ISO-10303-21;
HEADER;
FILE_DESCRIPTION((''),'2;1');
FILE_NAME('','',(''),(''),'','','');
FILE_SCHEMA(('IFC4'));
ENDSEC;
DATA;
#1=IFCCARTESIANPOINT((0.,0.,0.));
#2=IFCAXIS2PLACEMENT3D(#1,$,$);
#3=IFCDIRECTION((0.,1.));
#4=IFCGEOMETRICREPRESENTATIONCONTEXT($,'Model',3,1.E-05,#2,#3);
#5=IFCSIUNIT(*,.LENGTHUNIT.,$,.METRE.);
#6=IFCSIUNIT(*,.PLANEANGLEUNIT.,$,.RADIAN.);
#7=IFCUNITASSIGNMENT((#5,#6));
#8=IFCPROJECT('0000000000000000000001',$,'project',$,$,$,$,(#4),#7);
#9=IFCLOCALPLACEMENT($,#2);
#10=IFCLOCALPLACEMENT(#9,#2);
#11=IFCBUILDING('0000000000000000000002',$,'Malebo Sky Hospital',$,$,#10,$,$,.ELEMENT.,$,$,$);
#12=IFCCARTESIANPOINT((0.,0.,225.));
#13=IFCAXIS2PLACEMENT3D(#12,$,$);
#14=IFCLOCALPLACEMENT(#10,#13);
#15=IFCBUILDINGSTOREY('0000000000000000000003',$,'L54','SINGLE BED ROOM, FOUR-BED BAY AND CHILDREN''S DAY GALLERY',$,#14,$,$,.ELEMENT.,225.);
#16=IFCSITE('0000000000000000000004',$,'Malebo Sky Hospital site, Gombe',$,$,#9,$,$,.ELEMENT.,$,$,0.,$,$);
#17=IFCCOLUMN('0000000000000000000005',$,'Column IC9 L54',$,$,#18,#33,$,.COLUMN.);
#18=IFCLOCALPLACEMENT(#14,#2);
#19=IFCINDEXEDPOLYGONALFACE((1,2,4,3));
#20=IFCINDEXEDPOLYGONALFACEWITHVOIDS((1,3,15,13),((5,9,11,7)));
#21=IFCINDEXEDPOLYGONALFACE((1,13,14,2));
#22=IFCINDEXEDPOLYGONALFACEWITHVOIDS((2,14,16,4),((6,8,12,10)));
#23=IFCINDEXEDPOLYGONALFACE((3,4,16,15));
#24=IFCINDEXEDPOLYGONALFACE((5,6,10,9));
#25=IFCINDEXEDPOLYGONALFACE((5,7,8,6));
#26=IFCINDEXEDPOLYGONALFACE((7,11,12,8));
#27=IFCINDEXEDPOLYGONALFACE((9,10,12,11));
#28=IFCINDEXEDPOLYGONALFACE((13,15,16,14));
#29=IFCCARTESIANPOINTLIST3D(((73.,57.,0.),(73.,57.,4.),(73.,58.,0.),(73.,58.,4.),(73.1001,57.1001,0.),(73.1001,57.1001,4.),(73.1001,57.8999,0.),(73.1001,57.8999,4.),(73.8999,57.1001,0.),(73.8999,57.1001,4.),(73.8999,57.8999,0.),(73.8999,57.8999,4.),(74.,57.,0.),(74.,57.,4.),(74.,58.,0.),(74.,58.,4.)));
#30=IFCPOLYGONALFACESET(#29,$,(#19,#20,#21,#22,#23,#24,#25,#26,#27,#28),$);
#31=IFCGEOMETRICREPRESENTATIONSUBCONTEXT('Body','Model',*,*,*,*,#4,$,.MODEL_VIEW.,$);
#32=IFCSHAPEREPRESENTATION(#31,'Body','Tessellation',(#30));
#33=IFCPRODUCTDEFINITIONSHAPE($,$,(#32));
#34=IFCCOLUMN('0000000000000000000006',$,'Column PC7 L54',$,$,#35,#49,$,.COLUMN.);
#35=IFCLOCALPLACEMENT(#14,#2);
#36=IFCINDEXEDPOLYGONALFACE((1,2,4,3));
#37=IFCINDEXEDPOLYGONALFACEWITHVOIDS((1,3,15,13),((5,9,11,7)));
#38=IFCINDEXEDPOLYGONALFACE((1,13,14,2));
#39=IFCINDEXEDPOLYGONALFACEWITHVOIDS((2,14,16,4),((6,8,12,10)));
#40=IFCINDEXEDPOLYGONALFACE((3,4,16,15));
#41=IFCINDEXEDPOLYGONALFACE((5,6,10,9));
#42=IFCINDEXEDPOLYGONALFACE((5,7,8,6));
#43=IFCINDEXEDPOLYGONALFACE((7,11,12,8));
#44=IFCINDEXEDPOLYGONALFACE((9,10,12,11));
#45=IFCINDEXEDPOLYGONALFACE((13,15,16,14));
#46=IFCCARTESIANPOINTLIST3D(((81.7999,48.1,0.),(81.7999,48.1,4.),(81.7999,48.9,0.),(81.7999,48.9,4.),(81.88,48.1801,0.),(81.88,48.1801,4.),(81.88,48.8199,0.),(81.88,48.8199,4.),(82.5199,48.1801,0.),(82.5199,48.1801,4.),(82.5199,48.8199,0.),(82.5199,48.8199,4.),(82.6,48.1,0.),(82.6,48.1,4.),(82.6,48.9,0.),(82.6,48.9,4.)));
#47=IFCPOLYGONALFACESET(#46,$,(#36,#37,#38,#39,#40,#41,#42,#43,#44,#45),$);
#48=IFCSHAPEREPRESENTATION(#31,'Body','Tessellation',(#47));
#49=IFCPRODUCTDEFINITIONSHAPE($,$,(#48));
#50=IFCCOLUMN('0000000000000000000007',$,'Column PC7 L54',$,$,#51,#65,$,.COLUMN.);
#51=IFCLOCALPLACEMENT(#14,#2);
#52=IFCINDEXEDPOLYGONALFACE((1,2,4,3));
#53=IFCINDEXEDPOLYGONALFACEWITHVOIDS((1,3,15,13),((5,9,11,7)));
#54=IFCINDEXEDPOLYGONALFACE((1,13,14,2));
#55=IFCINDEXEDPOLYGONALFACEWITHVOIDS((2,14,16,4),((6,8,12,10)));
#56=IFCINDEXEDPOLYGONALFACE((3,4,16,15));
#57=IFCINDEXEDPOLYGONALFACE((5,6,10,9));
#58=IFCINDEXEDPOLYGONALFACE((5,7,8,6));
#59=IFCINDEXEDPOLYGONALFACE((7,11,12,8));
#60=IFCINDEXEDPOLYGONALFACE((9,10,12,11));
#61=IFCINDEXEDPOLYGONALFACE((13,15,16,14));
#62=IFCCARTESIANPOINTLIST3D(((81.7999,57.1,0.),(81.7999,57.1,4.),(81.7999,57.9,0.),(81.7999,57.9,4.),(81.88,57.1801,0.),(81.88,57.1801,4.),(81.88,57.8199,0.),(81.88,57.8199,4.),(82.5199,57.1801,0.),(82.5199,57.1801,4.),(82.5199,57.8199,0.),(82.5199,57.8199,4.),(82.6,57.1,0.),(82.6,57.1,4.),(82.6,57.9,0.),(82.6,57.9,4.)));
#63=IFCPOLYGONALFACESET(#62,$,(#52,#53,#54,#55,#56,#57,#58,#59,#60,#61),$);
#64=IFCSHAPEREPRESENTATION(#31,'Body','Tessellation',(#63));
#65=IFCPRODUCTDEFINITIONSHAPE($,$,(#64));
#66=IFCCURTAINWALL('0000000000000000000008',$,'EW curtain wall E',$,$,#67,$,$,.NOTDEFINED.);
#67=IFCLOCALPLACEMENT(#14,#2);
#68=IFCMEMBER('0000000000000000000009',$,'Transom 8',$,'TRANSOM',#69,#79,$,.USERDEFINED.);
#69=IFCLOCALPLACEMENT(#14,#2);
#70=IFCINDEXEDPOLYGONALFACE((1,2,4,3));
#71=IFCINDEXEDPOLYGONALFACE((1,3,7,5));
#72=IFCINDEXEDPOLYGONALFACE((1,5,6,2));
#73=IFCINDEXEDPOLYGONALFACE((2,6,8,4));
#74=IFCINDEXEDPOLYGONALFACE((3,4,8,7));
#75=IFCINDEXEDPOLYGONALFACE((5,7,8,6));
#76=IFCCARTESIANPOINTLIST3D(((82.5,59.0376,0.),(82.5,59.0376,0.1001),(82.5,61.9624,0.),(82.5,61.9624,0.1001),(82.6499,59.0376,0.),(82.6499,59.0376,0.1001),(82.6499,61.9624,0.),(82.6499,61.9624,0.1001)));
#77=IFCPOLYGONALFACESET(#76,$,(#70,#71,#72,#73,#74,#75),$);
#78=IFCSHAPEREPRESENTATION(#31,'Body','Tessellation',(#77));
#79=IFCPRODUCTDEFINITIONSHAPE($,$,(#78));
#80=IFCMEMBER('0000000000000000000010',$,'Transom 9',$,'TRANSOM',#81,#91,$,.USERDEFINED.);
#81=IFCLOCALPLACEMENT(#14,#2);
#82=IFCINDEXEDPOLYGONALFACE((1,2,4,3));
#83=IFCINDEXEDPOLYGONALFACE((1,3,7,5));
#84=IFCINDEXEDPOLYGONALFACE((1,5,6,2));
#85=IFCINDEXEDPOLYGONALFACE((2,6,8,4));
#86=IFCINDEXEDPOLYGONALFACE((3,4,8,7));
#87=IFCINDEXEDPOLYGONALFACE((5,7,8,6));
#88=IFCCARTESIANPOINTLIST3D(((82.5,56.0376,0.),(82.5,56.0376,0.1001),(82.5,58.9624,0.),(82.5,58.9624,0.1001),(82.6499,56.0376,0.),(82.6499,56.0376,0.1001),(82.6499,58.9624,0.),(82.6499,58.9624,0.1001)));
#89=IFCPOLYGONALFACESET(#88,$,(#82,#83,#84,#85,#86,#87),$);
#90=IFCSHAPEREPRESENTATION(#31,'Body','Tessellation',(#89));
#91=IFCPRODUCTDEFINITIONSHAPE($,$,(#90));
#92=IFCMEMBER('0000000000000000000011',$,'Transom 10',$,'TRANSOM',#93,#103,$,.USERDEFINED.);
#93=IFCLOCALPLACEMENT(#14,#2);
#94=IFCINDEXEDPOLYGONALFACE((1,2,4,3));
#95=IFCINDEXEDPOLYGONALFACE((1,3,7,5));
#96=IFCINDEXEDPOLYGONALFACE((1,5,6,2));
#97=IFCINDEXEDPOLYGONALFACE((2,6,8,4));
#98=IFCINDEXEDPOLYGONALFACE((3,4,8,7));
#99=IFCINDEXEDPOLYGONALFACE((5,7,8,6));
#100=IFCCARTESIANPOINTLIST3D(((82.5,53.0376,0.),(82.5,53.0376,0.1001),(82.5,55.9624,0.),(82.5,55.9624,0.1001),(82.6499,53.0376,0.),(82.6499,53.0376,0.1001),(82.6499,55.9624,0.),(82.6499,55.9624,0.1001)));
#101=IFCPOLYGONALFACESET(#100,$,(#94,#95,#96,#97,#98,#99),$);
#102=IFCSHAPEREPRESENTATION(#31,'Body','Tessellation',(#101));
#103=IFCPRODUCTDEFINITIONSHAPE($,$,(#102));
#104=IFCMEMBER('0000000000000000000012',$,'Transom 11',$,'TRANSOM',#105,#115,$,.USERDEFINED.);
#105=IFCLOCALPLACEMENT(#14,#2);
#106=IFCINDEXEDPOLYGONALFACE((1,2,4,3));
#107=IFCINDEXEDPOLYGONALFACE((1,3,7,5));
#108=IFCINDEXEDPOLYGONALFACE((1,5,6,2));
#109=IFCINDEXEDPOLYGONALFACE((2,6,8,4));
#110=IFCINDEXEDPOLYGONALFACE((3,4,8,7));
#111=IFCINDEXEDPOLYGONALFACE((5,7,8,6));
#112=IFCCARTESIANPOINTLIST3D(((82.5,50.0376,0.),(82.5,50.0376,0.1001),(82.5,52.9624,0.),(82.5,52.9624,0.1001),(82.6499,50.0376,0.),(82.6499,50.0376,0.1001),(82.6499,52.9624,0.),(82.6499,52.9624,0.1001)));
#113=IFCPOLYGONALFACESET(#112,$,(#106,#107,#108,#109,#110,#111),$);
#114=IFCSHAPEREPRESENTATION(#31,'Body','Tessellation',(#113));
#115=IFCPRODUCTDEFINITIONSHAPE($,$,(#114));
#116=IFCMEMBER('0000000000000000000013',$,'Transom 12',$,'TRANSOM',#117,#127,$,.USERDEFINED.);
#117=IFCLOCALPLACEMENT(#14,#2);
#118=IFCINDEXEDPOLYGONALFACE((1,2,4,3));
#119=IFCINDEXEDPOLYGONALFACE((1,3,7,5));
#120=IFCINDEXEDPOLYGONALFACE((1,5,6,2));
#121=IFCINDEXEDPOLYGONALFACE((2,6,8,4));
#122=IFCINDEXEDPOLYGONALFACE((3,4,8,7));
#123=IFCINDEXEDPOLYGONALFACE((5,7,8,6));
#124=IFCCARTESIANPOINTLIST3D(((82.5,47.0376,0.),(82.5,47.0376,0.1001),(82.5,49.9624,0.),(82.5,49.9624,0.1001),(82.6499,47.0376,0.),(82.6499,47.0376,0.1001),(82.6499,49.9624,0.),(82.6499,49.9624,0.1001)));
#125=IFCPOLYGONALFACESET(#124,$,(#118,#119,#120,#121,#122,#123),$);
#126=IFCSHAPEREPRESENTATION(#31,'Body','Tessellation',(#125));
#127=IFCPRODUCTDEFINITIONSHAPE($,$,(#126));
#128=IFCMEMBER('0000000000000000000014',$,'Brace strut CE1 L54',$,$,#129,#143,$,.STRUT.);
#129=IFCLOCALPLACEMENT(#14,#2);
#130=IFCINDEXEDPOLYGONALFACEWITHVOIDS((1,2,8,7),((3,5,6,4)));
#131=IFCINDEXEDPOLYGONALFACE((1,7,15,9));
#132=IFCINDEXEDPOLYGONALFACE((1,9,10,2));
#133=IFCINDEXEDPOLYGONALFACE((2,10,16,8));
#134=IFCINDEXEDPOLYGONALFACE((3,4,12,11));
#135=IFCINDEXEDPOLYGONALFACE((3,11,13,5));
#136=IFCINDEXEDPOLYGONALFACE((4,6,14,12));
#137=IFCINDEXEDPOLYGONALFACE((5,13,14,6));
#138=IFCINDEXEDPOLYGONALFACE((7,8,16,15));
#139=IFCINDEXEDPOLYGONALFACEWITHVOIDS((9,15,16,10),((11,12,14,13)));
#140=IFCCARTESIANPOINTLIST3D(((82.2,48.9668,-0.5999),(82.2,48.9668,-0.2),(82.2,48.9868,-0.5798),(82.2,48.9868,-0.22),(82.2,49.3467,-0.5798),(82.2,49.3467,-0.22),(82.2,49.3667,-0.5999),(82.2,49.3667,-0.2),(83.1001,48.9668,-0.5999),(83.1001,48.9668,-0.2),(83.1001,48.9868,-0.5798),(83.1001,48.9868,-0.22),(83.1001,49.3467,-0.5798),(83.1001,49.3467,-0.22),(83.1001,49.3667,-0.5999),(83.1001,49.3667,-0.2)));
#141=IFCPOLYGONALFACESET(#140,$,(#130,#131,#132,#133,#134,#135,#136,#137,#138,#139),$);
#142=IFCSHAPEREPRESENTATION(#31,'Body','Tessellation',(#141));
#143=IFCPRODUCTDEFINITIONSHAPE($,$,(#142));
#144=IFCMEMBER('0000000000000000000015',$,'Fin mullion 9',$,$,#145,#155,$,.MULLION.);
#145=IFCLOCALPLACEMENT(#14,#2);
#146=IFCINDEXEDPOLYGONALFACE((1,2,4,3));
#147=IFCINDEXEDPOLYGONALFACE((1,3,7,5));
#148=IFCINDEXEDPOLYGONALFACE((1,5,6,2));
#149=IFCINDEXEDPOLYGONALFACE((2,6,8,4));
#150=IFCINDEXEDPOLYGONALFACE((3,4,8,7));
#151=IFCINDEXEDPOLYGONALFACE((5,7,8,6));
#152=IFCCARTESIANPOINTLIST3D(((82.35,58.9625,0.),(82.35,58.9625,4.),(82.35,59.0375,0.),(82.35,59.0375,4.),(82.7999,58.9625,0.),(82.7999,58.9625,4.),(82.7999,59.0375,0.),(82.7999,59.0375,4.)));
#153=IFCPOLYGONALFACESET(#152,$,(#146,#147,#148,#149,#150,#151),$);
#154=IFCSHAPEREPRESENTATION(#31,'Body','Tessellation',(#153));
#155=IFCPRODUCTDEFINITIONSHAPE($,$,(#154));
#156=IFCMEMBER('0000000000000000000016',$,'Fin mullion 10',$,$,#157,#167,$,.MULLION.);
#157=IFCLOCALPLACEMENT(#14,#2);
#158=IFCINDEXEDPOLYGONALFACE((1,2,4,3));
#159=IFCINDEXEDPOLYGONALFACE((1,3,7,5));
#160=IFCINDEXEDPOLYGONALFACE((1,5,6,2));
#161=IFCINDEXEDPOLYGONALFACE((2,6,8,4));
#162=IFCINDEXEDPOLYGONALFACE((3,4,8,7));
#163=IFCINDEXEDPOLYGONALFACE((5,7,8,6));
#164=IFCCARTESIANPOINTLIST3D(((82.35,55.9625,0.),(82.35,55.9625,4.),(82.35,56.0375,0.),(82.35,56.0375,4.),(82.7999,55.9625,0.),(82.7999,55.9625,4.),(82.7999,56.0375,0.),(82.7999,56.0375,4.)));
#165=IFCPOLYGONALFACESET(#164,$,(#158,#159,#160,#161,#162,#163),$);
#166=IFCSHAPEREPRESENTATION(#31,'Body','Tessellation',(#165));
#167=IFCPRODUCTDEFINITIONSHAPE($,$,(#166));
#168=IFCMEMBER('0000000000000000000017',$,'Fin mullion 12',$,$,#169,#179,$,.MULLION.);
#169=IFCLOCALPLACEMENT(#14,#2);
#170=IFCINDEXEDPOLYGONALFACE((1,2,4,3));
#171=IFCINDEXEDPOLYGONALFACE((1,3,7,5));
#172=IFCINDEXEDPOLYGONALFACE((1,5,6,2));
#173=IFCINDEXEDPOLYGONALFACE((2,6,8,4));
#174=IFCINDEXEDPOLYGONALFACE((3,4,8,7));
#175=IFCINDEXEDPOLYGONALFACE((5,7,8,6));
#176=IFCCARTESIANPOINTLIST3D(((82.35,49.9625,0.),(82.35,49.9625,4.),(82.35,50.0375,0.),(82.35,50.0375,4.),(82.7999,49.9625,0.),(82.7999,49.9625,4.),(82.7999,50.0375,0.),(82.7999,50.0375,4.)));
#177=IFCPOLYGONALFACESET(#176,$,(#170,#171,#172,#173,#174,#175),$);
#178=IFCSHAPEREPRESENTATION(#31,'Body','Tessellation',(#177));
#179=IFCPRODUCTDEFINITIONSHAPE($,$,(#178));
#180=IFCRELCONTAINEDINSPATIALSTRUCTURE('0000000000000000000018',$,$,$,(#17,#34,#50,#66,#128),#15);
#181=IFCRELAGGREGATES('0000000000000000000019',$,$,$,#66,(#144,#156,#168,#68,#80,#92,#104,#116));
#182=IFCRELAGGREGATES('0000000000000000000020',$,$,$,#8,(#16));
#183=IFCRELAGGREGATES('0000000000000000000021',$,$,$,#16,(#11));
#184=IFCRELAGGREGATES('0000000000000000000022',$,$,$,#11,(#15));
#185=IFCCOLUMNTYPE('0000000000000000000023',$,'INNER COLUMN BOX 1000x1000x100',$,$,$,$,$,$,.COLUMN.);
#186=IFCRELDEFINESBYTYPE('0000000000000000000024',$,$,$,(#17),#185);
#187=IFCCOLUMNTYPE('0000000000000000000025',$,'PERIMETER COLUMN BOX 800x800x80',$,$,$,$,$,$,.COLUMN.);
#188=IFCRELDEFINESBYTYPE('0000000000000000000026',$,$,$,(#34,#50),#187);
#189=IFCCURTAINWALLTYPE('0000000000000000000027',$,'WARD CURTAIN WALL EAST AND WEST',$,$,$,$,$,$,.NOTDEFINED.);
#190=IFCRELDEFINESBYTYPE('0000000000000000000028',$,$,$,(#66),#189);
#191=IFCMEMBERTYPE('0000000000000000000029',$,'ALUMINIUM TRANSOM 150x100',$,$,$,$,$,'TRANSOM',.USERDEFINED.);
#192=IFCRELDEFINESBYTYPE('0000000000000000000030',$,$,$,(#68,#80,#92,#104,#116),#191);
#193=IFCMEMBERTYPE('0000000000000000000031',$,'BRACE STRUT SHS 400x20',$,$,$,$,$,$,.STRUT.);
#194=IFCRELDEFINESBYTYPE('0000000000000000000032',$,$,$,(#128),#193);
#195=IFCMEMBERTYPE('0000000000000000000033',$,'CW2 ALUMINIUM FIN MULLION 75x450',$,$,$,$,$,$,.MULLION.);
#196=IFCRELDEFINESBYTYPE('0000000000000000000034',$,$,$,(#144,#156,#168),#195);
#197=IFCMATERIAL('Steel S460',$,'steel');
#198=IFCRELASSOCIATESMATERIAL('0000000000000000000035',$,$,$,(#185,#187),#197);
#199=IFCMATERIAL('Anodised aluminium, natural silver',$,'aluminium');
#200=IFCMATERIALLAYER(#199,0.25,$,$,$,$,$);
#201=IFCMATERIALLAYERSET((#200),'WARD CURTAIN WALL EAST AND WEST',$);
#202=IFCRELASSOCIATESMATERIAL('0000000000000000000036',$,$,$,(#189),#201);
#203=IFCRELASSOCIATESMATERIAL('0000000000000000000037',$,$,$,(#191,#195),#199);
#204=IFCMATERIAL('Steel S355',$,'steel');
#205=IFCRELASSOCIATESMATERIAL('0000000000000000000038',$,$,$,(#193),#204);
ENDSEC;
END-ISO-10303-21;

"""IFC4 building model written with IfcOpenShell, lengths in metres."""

from ifc_helpers import new_model, si_unit, direction, frame, origin, origin_2d, place, context, subcontext, project, spatial, rectangle, hollow_rectangle, extrude, material, layer, layer_set, material_profile, profile_set, type_object, element, aggregate, save


model = new_model("IFC4")

# Units and contexts
model_context = context("Model", 3, precision=1e-05, world=origin(), true_north=direction((0.0, 1.0)))
body_context = subcontext(model_context, "Body", "Model", "MODEL_VIEW")
ifc_project = project(units=[si_unit("LENGTHUNIT", "METRE"), si_unit("PLANEANGLEUNIT", "RADIAN")], contexts=[model_context])

# Site, building, storey
site_placement = place(None, origin())
site = spatial("IfcSite", under=ifc_project, at=site_placement, Name="Malebo Sky Hospital site, Gombe", CompositionType="ELEMENT", RefElevation=0.0)
building_placement = place(site_placement, origin())
building = spatial("IfcBuilding", under=site, at=building_placement, Name="Malebo Sky Hospital", CompositionType="ELEMENT")
storey_placement = place(building_placement, frame((0.0, 0.0, 225.0)))
storey = spatial("IfcBuildingStorey", under=building, at=storey_placement, Name="L54", Description="SINGLE BED ROOM, FOUR-BED BAY AND CHILDREN'S DAY GALLERY", CompositionType="ELEMENT", Elevation=225.0)

# Columns
ifc_material_1 = material(Name="Steel S460", Category="steel")
ifc_material_profile_1 = material_profile(ifc_material_1, hollow_rectangle(XDim=1.0, YDim=1.0, WallThickness=0.1001, at=origin_2d()), Name="BOX 1000x1000x100")
ifc_profile_set_1 = profile_set([ifc_material_profile_1], Name="Steel S460")
column_type_1 = type_object("IfcColumnType", Name="INNER COLUMN BOX 1000x1000x100", PredefinedType="COLUMN", material=ifc_profile_set_1)
column_placement = place(storey_placement, frame((73.5, 57.5, 0.0), z_axis=(0.0, 0.0, 1.0), x_axis=(1.0, 0.0, 0.0)))
element("IfcColumn", 1, at=column_placement, inside=storey, type_object=column_type_1, Name="Column IC9 L54", PredefinedType="COLUMN", context=body_context, shape_type="SweptSolid", body=[
    extrude(hollow_rectangle(XDim=1.0, YDim=1.0, WallThickness=0.1001, at=origin_2d()), origin(), (0.0, 0.0, 1.0), 4.0),
])
ifc_material_profile_2 = material_profile(ifc_material_1, hollow_rectangle(XDim=0.8, YDim=0.8, WallThickness=0.0801, at=origin_2d()), Name="BOX 800x800x80")
ifc_profile_set_2 = profile_set([ifc_material_profile_2], Name="Steel S460")
column_type_2 = type_object("IfcColumnType", Name="PERIMETER COLUMN BOX 800x800x80", PredefinedType="COLUMN", material=ifc_profile_set_2)
for number, where, z_axis, x_axis, name in (
    (2, (82.2, 48.5, 0.0), (0.0, 0.0, 1.0), (1.0, 0.0, 0.0), "Column PC7 L54"),
    (3, (82.2, 57.5, 0.0), (0.0, 0.0, 1.0), (1.0, 0.0, 0.0), "Column PC7 L54"),
):
    element("IfcColumn", number, at=place(storey_placement, frame(where, z_axis=z_axis, x_axis=x_axis)), inside=storey, type_object=column_type_2, Name=name, PredefinedType="COLUMN", context=body_context, shape_type="SweptSolid", body=[
        extrude(hollow_rectangle(XDim=0.8, YDim=0.8, WallThickness=0.0801, at=origin_2d()), origin(), (0.0, 0.0, 1.0), 4.0),
    ])

# Curtain wall, members
ifc_material_2 = material(Name="Anodised aluminium, natural silver", Category="aluminium")
ifc_layer_1 = layer(ifc_material_2, 0.25)
ifc_layer_set_1 = layer_set([ifc_layer_1], Name="WARD CURTAIN WALL EAST AND WEST")
curtain_wall_type = type_object("IfcCurtainWallType", Name="WARD CURTAIN WALL EAST AND WEST", PredefinedType="NOTDEFINED", material=ifc_layer_set_1)
curtain_wall_placement = place(storey_placement, origin())
curtain_wall = element("IfcCurtainWall", 4, at=curtain_wall_placement, inside=storey, type_object=curtain_wall_type, Name="EW curtain wall E", PredefinedType="NOTDEFINED")
ifc_material_profile_3 = material_profile(ifc_material_2, rectangle(XDim=0.1499, YDim=0.1001, at=origin_2d()), Name="ALUMINIUM TRANSOM 150x100")
ifc_profile_set_3 = profile_set([ifc_material_profile_3], Name="Anodised aluminium, natural silver")
member_type_1 = type_object("IfcMemberType", Name="ALUMINIUM TRANSOM 150x100", ElementType="TRANSOM", PredefinedType="USERDEFINED", material=ifc_profile_set_3)
member_1_placement = place(storey_placement, frame((82.575, 61.9624, 0.05), z_axis=(0.0, -1.0, 0.0), x_axis=(1.0, 0.0, 0.0)))
member_1 = element("IfcMember", 5, at=member_1_placement, type_object=member_type_1, Name="Transom 8", ObjectType="TRANSOM", PredefinedType="USERDEFINED", context=body_context, shape_type="SweptSolid", body=[
    extrude(rectangle(XDim=0.1499, YDim=0.1001, at=origin_2d()), origin(), (0.0, 0.0, 1.0), 2.9248),
])
member_2_placement = place(storey_placement, frame((82.575, 58.9624, 0.05), z_axis=(0.0, -1.0, 0.0), x_axis=(1.0, 0.0, 0.0)))
member_2 = element("IfcMember", 6, at=member_2_placement, type_object=member_type_1, Name="Transom 9", ObjectType="TRANSOM", PredefinedType="USERDEFINED", context=body_context, shape_type="SweptSolid", body=[
    extrude(rectangle(XDim=0.1499, YDim=0.1001, at=origin_2d()), origin(), (0.0, 0.0, 1.0), 2.9248),
])
member_3_placement = place(storey_placement, frame((82.575, 55.9624, 0.05), z_axis=(0.0, -1.0, 0.0), x_axis=(1.0, 0.0, 0.0)))
member_3 = element("IfcMember", 7, at=member_3_placement, type_object=member_type_1, Name="Transom 10", ObjectType="TRANSOM", PredefinedType="USERDEFINED", context=body_context, shape_type="SweptSolid", body=[
    extrude(rectangle(XDim=0.1499, YDim=0.1001, at=origin_2d()), origin(), (0.0, 0.0, 1.0), 2.9248),
])
member_4_placement = place(storey_placement, frame((82.575, 52.9624, 0.05), z_axis=(0.0, -1.0, 0.0), x_axis=(1.0, 0.0, 0.0)))
member_4 = element("IfcMember", 8, at=member_4_placement, type_object=member_type_1, Name="Transom 11", ObjectType="TRANSOM", PredefinedType="USERDEFINED", context=body_context, shape_type="SweptSolid", body=[
    extrude(rectangle(XDim=0.1499, YDim=0.1001, at=origin_2d()), origin(), (0.0, 0.0, 1.0), 2.9248),
])
member_5_placement = place(storey_placement, frame((82.575, 49.9624, 0.05), z_axis=(0.0, -1.0, 0.0), x_axis=(1.0, 0.0, 0.0)))
member_5 = element("IfcMember", 9, at=member_5_placement, type_object=member_type_1, Name="Transom 12", ObjectType="TRANSOM", PredefinedType="USERDEFINED", context=body_context, shape_type="SweptSolid", body=[
    extrude(rectangle(XDim=0.1499, YDim=0.1001, at=origin_2d()), origin(), (0.0, 0.0, 1.0), 2.9248),
])

# Members
ifc_material_3 = material(Name="Steel S355", Category="steel")
ifc_material_profile_4 = material_profile(ifc_material_3, hollow_rectangle(XDim=0.3999, YDim=0.3999, WallThickness=0.02, at=origin_2d()), Name="SHS 400x20")
ifc_profile_set_4 = profile_set([ifc_material_profile_4], Name="Steel S355")
member_type_2 = type_object("IfcMemberType", Name="BRACE STRUT SHS 400x20", PredefinedType="STRUT", material=ifc_profile_set_4)
member_6_placement = place(storey_placement, frame((83.1001, 49.1667, -0.3999), z_axis=(-1.0, 0.0, 0.0), x_axis=(0.0, -1.0, 0.0)))
element("IfcMember", 10, at=member_6_placement, inside=storey, type_object=member_type_2, Name="Brace strut CE1 L54", PredefinedType="STRUT", context=body_context, shape_type="SweptSolid", body=[
    extrude(hollow_rectangle(XDim=0.3999, YDim=0.3999, WallThickness=0.02, at=origin_2d()), origin(), (0.0, 0.0, 1.0), 0.9001),
])
ifc_material_profile_5 = material_profile(ifc_material_2, rectangle(XDim=0.075, YDim=0.45, at=origin_2d()), Name="CW2 ALUMINIUM FIN MULLION 75x450")
ifc_profile_set_5 = profile_set([ifc_material_profile_5], Name="Anodised aluminium, natural silver")
member_type_3 = type_object("IfcMemberType", Name="CW2 ALUMINIUM FIN MULLION 75x450", PredefinedType="MULLION", material=ifc_profile_set_5)
member_7_placement = place(storey_placement, frame((82.575, 59.0, 0.0), z_axis=(0.0, 0.0, 1.0), x_axis=(0.0, -1.0, 0.0)))
member_7 = element("IfcMember", 11, at=member_7_placement, type_object=member_type_3, Name="Fin mullion 9", PredefinedType="MULLION", context=body_context, shape_type="SweptSolid", body=[
    extrude(rectangle(XDim=0.075, YDim=0.45, at=origin_2d()), origin(), (0.0, 0.0, 1.0), 4.0),
])
member_8_placement = place(storey_placement, frame((82.575, 56.0, 0.0), z_axis=(0.0, 0.0, 1.0), x_axis=(0.0, -1.0, 0.0)))
member_8 = element("IfcMember", 12, at=member_8_placement, type_object=member_type_3, Name="Fin mullion 10", PredefinedType="MULLION", context=body_context, shape_type="SweptSolid", body=[
    extrude(rectangle(XDim=0.075, YDim=0.45, at=origin_2d()), origin(), (0.0, 0.0, 1.0), 4.0),
])
member_9_placement = place(storey_placement, frame((82.575, 50.0, 0.0), z_axis=(0.0, 0.0, 1.0), x_axis=(0.0, -1.0, 0.0)))
member_9 = element("IfcMember", 13, at=member_9_placement, type_object=member_type_3, Name="Fin mullion 12", PredefinedType="MULLION", context=body_context, shape_type="SweptSolid", body=[
    extrude(rectangle(XDim=0.075, YDim=0.45, at=origin_2d()), origin(), (0.0, 0.0, 1.0), 4.0),
])

aggregate(curtain_wall, [member_7, member_8, member_9, member_1, member_2, member_3, member_4, member_5])

save(model, "model.ifc")
